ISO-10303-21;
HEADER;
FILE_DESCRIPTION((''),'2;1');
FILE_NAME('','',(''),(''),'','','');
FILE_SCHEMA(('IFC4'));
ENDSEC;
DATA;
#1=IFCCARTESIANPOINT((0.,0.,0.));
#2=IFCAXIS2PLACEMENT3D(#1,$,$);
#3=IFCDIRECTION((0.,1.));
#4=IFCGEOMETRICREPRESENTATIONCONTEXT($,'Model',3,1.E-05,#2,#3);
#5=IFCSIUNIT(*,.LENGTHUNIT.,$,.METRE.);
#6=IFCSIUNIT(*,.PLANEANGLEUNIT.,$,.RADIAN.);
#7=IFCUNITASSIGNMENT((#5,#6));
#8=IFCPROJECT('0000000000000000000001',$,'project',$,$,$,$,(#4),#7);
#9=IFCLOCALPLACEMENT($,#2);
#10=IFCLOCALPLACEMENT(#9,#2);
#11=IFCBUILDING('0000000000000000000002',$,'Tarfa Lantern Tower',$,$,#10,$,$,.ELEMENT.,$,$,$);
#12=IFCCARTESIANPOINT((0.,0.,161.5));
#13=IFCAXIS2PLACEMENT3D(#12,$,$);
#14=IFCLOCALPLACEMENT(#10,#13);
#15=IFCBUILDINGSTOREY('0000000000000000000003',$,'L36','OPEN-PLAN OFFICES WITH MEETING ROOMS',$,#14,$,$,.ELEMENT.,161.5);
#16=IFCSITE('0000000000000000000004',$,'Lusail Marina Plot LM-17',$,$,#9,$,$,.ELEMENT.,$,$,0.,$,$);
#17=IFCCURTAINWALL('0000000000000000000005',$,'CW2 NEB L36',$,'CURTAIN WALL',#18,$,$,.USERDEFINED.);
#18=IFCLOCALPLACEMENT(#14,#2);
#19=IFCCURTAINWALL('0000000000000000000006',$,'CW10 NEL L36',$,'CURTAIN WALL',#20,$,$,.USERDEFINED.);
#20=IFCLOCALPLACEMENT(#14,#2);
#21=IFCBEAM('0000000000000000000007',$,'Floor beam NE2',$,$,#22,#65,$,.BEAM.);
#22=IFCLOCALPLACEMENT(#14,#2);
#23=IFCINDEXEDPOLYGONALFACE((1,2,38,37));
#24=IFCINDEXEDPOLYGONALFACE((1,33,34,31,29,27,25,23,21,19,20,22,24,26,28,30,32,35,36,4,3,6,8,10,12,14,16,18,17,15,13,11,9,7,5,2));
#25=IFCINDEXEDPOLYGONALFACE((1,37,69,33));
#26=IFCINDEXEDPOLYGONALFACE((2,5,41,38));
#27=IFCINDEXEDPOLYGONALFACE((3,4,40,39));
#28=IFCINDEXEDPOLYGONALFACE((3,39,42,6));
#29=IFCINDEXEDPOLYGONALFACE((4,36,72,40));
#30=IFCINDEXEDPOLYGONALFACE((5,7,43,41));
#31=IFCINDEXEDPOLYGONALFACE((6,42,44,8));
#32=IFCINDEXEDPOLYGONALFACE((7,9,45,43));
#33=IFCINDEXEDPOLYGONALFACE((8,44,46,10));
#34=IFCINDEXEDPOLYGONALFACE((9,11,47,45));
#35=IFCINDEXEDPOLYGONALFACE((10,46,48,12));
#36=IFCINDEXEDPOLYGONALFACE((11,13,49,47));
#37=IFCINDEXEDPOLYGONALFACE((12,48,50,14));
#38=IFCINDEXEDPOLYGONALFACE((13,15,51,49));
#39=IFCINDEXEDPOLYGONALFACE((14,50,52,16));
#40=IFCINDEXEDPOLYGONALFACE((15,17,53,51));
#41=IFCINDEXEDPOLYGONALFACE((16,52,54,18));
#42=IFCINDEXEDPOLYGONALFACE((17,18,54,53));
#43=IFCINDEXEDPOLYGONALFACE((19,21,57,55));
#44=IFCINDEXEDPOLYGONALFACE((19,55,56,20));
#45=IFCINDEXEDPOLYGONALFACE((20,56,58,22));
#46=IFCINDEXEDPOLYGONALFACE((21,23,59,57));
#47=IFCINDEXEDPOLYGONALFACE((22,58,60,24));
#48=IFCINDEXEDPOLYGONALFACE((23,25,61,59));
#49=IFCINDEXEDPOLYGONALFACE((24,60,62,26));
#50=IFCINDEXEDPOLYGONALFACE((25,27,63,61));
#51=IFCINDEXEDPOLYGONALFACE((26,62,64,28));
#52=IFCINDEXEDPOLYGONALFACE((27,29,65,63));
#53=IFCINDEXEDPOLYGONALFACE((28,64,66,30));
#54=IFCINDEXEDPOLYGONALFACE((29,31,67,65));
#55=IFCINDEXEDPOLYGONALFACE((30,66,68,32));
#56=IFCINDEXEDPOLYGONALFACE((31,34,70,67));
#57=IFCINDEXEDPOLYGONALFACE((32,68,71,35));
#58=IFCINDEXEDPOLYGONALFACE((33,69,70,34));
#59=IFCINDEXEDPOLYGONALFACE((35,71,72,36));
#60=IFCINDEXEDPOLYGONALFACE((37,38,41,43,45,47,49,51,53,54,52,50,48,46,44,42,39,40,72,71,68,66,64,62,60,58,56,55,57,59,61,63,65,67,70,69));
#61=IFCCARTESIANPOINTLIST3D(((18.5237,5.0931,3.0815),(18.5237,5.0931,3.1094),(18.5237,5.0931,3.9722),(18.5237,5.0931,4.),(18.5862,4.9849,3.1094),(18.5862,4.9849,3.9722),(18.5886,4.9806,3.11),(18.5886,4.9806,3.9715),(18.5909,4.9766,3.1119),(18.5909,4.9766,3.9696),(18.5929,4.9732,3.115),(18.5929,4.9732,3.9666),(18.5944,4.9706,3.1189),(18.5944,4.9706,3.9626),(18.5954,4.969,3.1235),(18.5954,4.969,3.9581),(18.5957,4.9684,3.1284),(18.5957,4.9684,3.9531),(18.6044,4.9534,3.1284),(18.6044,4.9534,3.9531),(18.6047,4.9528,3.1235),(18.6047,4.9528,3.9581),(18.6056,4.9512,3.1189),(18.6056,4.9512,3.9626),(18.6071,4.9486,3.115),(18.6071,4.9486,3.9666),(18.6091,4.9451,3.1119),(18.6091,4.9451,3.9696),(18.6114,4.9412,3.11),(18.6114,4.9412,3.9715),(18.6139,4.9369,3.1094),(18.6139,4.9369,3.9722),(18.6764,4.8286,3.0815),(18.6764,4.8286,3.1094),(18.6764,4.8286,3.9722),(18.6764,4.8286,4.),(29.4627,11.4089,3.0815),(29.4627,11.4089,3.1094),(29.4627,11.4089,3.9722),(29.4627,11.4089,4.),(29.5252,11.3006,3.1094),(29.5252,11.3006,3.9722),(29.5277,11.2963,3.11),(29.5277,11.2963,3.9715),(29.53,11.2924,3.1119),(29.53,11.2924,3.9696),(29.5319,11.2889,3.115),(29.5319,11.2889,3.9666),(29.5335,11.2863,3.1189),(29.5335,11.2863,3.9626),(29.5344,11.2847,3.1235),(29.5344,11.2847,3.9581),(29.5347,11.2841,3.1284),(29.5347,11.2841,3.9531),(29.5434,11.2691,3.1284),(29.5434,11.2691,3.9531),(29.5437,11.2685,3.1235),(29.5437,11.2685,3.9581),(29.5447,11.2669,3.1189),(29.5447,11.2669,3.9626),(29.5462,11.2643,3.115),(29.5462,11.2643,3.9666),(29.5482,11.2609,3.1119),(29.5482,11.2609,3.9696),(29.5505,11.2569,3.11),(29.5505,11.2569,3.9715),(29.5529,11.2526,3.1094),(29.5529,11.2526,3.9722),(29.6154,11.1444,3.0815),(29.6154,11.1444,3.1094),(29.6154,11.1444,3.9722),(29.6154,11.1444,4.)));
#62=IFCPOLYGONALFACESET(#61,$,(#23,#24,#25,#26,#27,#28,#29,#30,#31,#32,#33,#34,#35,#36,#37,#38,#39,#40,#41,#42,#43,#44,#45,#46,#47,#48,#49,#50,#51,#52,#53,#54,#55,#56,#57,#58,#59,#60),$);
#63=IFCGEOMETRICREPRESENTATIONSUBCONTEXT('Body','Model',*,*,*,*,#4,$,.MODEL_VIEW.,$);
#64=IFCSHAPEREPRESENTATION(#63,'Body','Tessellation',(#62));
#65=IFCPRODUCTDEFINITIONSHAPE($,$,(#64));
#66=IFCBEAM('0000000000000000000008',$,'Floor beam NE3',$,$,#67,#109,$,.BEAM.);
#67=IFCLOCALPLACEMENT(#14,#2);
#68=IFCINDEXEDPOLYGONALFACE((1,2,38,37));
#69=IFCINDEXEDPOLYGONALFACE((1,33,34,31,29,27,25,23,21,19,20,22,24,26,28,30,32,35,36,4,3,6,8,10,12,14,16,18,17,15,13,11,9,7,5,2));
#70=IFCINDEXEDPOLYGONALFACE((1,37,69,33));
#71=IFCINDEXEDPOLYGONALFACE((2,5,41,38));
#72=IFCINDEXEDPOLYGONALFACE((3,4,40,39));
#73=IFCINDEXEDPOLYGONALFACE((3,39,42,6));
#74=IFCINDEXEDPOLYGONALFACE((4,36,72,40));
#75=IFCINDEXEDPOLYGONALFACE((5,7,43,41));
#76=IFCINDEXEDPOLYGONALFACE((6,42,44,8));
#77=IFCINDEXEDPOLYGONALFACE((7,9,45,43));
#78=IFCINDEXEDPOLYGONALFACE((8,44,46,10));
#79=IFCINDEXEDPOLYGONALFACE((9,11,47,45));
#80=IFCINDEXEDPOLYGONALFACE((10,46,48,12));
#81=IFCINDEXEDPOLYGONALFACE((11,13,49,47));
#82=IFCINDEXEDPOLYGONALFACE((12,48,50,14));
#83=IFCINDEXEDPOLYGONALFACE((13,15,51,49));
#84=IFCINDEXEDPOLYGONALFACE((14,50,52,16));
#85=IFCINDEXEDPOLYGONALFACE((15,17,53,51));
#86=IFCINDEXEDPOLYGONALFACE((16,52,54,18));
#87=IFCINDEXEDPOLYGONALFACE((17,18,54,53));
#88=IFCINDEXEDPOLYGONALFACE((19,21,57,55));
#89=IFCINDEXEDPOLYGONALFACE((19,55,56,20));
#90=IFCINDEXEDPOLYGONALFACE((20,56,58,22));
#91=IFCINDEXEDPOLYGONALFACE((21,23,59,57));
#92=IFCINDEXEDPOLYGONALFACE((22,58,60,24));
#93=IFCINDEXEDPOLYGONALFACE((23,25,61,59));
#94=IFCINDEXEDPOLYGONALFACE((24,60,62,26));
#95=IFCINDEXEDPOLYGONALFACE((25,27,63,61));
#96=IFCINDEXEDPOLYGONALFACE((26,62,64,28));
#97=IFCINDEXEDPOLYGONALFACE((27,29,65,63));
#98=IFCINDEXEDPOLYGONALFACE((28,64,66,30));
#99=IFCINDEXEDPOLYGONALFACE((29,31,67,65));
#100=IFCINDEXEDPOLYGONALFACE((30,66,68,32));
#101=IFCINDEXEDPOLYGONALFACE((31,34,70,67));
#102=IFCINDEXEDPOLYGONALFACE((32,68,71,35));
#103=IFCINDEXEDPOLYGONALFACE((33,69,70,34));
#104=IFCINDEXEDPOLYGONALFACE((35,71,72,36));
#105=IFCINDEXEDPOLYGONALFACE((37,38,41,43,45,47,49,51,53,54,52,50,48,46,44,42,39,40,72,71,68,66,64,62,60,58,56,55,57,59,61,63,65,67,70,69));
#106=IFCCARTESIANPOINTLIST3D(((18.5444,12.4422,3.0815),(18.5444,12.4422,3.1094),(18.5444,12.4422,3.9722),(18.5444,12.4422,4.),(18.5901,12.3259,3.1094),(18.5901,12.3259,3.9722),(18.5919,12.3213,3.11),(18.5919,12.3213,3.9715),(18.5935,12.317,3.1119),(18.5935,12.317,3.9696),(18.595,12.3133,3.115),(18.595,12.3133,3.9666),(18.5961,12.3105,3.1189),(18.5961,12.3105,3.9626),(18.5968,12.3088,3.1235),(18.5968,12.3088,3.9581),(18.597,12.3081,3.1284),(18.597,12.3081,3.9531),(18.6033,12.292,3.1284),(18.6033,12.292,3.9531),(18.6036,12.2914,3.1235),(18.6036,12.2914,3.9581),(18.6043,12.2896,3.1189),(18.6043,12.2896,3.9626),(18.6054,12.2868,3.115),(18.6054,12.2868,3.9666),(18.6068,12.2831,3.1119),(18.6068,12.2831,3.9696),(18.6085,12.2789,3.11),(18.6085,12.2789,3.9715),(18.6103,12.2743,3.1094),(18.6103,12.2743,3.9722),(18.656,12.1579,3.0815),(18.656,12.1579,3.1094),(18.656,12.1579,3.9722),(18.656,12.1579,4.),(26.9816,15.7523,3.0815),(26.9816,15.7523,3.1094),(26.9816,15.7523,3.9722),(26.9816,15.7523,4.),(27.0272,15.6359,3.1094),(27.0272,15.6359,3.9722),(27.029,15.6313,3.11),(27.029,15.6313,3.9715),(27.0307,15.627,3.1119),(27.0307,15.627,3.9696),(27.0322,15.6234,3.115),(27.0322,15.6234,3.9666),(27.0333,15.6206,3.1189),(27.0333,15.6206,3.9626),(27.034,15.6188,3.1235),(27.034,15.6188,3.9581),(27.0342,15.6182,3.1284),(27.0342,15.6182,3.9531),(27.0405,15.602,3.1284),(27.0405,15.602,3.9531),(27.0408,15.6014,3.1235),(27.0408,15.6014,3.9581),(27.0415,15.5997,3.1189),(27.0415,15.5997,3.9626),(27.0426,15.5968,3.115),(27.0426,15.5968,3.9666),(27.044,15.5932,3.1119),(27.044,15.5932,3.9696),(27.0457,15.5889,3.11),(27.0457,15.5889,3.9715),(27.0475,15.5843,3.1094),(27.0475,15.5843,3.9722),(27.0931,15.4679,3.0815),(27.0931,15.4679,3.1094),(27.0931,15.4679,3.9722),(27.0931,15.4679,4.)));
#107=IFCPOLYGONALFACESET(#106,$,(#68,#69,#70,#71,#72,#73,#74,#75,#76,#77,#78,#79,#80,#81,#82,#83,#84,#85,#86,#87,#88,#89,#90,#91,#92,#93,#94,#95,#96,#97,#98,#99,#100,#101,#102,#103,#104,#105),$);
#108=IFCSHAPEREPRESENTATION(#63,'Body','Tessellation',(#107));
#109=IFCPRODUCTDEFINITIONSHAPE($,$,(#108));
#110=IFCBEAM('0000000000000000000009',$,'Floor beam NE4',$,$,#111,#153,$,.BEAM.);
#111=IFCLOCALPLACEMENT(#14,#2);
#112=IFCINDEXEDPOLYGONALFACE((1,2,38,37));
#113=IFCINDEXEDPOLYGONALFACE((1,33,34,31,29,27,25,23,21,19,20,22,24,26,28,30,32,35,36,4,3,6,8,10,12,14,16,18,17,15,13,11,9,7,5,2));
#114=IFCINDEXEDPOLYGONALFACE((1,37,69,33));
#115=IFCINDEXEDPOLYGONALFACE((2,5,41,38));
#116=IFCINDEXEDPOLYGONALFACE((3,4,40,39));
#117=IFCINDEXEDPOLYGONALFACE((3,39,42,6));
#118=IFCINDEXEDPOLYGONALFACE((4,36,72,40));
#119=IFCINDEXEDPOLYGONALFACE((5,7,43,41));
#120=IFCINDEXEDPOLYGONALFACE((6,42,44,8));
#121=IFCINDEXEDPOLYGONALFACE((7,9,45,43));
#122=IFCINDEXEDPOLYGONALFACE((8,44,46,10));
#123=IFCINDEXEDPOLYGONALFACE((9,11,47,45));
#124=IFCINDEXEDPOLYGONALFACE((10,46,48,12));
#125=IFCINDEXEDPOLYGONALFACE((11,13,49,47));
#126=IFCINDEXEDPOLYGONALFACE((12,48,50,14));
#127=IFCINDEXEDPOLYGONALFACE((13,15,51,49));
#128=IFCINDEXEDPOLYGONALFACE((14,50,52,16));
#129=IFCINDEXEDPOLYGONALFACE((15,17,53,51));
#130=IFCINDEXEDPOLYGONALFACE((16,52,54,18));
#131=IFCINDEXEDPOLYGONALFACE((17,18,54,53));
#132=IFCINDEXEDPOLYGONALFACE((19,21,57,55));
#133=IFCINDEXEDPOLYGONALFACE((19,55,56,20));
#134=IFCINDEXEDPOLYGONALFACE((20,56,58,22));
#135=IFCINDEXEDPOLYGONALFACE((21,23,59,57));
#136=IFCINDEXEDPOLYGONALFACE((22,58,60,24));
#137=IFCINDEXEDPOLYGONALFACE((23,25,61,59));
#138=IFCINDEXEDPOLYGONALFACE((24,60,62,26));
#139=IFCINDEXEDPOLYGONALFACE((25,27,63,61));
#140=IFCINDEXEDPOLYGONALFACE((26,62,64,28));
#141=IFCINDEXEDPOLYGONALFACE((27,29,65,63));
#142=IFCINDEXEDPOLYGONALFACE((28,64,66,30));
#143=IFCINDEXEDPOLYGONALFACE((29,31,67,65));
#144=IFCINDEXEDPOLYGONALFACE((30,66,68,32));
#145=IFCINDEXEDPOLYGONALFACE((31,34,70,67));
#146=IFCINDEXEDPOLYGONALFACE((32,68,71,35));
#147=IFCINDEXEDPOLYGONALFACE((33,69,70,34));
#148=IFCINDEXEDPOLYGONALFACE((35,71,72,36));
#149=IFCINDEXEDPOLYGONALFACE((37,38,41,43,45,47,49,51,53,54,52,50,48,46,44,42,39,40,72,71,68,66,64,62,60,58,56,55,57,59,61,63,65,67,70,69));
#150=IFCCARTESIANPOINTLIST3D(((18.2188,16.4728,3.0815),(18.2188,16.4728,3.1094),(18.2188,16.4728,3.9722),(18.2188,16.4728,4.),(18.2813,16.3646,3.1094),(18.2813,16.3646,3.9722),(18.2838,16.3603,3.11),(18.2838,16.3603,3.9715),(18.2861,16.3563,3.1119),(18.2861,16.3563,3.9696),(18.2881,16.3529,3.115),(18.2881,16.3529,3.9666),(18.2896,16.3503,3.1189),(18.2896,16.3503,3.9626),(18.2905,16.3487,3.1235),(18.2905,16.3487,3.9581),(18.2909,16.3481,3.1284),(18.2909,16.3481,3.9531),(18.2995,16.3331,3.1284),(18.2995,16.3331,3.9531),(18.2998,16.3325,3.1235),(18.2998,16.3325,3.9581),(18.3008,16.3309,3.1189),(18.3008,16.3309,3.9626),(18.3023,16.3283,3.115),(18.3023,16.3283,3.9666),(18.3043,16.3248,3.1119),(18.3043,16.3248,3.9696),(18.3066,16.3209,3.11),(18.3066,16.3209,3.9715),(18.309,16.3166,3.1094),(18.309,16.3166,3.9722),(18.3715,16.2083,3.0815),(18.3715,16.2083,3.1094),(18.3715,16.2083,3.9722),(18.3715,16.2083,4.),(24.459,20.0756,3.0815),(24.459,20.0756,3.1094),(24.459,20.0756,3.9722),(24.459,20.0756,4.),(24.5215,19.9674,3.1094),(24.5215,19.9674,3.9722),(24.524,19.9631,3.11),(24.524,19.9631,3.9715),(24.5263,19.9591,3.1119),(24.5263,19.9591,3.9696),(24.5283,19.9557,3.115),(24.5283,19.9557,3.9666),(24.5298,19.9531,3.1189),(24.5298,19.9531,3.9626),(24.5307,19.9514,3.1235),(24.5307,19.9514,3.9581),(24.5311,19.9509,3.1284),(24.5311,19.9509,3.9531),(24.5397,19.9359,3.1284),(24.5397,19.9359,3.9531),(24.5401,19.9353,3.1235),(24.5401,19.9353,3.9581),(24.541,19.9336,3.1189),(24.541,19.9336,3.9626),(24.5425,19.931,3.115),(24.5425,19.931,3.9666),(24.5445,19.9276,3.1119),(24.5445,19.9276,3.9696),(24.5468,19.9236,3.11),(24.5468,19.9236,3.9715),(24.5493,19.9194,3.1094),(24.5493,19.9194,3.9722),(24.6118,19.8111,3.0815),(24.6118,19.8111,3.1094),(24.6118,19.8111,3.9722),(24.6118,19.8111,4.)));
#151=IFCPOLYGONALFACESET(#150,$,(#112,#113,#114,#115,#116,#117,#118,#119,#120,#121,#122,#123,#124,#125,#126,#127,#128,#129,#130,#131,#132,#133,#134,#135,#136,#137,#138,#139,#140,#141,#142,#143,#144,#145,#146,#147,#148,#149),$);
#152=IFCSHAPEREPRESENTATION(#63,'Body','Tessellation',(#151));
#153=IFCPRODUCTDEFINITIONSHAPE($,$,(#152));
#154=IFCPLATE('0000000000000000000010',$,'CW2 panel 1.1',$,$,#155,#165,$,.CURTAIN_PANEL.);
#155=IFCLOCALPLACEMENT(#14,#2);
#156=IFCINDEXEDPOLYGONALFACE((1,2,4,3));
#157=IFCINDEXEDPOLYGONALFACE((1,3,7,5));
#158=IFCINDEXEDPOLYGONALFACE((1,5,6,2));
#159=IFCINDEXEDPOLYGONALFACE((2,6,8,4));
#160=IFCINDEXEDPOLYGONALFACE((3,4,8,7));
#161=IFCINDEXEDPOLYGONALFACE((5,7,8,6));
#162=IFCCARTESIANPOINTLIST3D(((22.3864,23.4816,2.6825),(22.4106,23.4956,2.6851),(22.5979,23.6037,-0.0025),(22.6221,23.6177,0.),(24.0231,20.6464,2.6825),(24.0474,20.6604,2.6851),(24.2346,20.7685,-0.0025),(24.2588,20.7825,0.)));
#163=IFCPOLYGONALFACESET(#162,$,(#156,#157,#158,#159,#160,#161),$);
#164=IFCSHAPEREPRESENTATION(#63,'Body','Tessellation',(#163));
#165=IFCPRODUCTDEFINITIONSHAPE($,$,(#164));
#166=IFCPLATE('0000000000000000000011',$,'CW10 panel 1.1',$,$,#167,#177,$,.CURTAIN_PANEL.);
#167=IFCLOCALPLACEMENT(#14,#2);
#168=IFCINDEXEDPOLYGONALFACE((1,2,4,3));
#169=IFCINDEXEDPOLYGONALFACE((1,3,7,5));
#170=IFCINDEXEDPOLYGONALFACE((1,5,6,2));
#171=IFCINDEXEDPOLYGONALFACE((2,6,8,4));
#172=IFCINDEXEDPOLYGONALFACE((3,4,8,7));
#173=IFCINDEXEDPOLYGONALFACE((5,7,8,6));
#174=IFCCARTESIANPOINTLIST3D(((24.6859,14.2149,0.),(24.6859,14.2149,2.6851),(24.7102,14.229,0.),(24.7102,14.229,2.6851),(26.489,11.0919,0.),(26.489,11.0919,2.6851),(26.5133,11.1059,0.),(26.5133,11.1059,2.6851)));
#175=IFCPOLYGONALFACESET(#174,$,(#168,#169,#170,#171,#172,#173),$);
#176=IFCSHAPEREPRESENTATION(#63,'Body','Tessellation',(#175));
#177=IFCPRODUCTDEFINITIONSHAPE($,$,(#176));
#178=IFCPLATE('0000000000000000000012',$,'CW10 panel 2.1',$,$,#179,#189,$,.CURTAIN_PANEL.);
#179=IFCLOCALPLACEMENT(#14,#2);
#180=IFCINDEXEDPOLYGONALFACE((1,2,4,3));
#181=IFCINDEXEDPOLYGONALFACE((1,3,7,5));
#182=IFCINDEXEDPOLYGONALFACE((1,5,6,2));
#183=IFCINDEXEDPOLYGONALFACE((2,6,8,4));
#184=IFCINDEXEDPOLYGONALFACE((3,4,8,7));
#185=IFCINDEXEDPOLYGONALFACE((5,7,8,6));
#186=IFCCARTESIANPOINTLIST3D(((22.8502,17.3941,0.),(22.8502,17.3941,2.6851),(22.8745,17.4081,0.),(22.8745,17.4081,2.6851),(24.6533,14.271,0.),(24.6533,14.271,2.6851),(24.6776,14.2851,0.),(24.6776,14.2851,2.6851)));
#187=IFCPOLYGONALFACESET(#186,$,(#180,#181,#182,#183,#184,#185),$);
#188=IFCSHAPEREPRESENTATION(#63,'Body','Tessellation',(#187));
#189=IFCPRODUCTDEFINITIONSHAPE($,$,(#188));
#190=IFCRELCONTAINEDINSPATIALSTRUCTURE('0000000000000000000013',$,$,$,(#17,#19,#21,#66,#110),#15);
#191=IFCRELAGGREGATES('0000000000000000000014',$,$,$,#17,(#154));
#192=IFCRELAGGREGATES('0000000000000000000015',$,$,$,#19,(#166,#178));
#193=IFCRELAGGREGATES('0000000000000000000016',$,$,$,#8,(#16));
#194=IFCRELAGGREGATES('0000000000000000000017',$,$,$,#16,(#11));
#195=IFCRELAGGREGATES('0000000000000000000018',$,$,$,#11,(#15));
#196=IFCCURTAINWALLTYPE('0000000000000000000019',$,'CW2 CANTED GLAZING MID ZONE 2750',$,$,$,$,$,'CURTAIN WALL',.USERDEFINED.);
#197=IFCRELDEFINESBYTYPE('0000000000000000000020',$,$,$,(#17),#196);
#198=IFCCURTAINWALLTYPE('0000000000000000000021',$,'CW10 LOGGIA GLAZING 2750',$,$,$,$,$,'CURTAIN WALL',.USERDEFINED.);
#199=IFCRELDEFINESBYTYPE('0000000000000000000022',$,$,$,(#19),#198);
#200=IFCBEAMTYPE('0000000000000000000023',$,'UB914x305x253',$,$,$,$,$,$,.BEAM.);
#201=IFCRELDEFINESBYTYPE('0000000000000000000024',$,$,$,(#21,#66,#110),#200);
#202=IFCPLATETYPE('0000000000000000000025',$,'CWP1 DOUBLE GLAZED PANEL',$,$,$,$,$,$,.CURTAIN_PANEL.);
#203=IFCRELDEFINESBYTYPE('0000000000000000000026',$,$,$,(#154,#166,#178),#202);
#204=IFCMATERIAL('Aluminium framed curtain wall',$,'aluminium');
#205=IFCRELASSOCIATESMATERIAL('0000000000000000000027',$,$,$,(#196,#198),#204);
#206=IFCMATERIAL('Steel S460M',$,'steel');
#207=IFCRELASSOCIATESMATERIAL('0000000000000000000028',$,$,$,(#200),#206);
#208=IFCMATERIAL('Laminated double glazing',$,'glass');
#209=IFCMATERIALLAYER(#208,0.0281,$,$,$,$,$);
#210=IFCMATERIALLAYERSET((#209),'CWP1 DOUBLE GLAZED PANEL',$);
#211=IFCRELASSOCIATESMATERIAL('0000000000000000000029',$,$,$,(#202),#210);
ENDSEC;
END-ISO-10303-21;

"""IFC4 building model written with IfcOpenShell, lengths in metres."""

from ifc_helpers import new_model, si_unit, direction, frame, origin, origin_2d, place, context, subcontext, project, spatial, polyline, rectangle, i_section, outline, extrude, material, layer, layer_set, material_profile, profile_set, type_object, element, aggregate, save


model = new_model("IFC4")

# Units and contexts
model_context = context("Model", 3, precision=1e-05, world=origin(), true_north=direction((0.0, 1.0)))
body_context = subcontext(model_context, "Body", "Model", "MODEL_VIEW")
ifc_project = project(units=[si_unit("LENGTHUNIT", "METRE"), si_unit("PLANEANGLEUNIT", "RADIAN")], contexts=[model_context])

# Site, building, storey
site_placement = place(None, origin())
site = spatial("IfcSite", under=ifc_project, at=site_placement, Name="Lusail Marina Plot LM-17", CompositionType="ELEMENT", RefElevation=0.0)
building_placement = place(site_placement, origin())
building = spatial("IfcBuilding", under=site, at=building_placement, Name="Tarfa Lantern Tower", CompositionType="ELEMENT")
storey_placement = place(building_placement, frame((0.0, 0.0, 161.5)))
storey = spatial("IfcBuildingStorey", under=building, at=storey_placement, Name="L36", Description="OPEN-PLAN OFFICES WITH MEETING ROOMS", CompositionType="ELEMENT", Elevation=161.5)

# Curtain wall
ifc_material_1 = material(Name="Aluminium framed curtain wall", Category="aluminium")
curtain_wall_type_1 = type_object("IfcCurtainWallType", Name="CW2 CANTED GLAZING MID ZONE 2750", ElementType="CURTAIN WALL", PredefinedType="USERDEFINED", material=ifc_material_1)
curtain_wall_1_placement = place(storey_placement, origin())
curtain_wall_1 = element("IfcCurtainWall", 1, at=curtain_wall_1_placement, inside=storey, type_object=curtain_wall_type_1, Name="CW2 NEB L36", ObjectType="CURTAIN WALL", PredefinedType="USERDEFINED")

# Curtain wall
curtain_wall_type_2 = type_object("IfcCurtainWallType", Name="CW10 LOGGIA GLAZING 2750", ElementType="CURTAIN WALL", PredefinedType="USERDEFINED", material=ifc_material_1)
curtain_wall_2_placement = place(storey_placement, origin())
curtain_wall_2 = element("IfcCurtainWall", 2, at=curtain_wall_2_placement, inside=storey, type_object=curtain_wall_type_2, Name="CW10 NEL L36", ObjectType="CURTAIN WALL", PredefinedType="USERDEFINED")

# Beams
ifc_material_2 = material(Name="Steel S460M", Category="steel")
ifc_material_profile_1 = material_profile(ifc_material_2, i_section(OverallWidth=0.3054, OverallDepth=0.9185, WebThickness=0.0173, FlangeThickness=0.0278, FilletRadius=0.019, at=origin_2d()), Name="UB914x305x253")
ifc_profile_set_1 = profile_set([ifc_material_profile_1], Name="Steel S460M")
beam_type_1 = type_object("IfcBeamType", Name="UB914x305x253", PredefinedType="BEAM", material=ifc_profile_set_1)
beam_1_placement = place(storey_placement, frame((29.5391, 11.2766, 3.5408), z_axis=(-0.866023, -0.500004, 0.0), x_axis=(0.500004, -0.866023, 0.0)))
element("IfcBeam", 3, at=beam_1_placement, inside=storey, type_object=beam_type_1, Name="Floor beam NE2", PredefinedType="BEAM", context=body_context, shape_type="SweptSolid", body=[
    extrude(i_section(OverallWidth=0.3054, OverallDepth=0.9185, WebThickness=0.0173, FlangeThickness=0.0278, FilletRadius=0.019, at=origin_2d()), origin(), (0.0, 0.0, 1.0), 12.6313),
])
beam_2_placement = place(storey_placement, frame((27.0374, 15.6101, 3.5408), z_axis=(-0.930923, -0.365215, 0.0), x_axis=(0.365215, -0.930923, 0.0)))
element("IfcBeam", 4, at=beam_2_placement, inside=storey, type_object=beam_type_1, Name="Floor beam NE3", PredefinedType="BEAM", context=body_context, shape_type="SweptSolid", body=[
    extrude(i_section(OverallWidth=0.3054, OverallDepth=0.9185, WebThickness=0.0173, FlangeThickness=0.0278, FilletRadius=0.019, at=origin_2d()), origin(), (0.0, 0.0, 1.0), 9.0632),
])
beam_3_placement = place(storey_placement, frame((24.5354, 19.9434, 3.5408), z_axis=(-0.866026, -0.499998, 0.0), x_axis=(0.499998, -0.866026, 0.0)))
element("IfcBeam", 5, at=beam_3_placement, inside=storey, type_object=beam_type_1, Name="Floor beam NE4", PredefinedType="BEAM", context=body_context, shape_type="SweptSolid", body=[
    extrude(i_section(OverallWidth=0.3054, OverallDepth=0.9185, WebThickness=0.0173, FlangeThickness=0.0278, FilletRadius=0.019, at=origin_2d()), origin(), (0.0, 0.0, 1.0), 7.2056),
])

# Plates
ifc_material_3 = material(Name="Laminated double glazing", Category="glass")
ifc_layer_1 = layer(ifc_material_3, 0.0281)
ifc_layer_set_1 = layer_set([ifc_layer_1], Name="CWP1 DOUBLE GLAZED PANEL")
plate_type_1 = type_object("IfcPlateType", Name="CWP1 DOUBLE GLAZED PANEL", PredefinedType="CURTAIN_PANEL", material=ifc_layer_set_1)
plate_1_placement = place(storey_placement, frame((24.2588, 20.7825, 0.0), z_axis=(0.862492, 0.497903, 0.09055), x_axis=(-0.499957, 0.86605, 0.0)))
plate_1 = element("IfcPlate", 6, at=plate_1_placement, type_object=plate_type_1, Name="CW2 panel 1.1", PredefinedType="CURTAIN_PANEL", context=body_context, shape_type="SweptSolid", body=[
    extrude(outline(polyline([(0.0, 0.0), (3.2737, 0.0), (3.2737, 2.6961), (0.0, 2.6961), (0.0, 0.0)])), origin(), (0.0, 0.0, -1.0), 0.0281),
])
aggregate(curtain_wall_1, [plate_1])
plate_2_placement = place(storey_placement, frame((25.5996, 12.6604, 0.0), z_axis=(0.0, 0.0, 1.0), x_axis=(-0.5, 0.866025, 0.0)))
plate_2 = element("IfcPlate", 7, at=plate_2_placement, type_object=plate_type_1, Name="CW10 panel 1.1", PredefinedType="CURTAIN_PANEL", context=body_context, shape_type="SweptSolid", body=[
    extrude(rectangle(XDim=3.6062, YDim=0.0281, at=origin_2d()), origin(), (0.0, 0.0, 1.0), 2.6851),
])
plate_3_placement = place(storey_placement, frame((23.7639, 15.8396, 0.0), z_axis=(0.0, 0.0, 1.0), x_axis=(-0.5, 0.866025, 0.0)))
plate_3 = element("IfcPlate", 8, at=plate_3_placement, type_object=plate_type_1, Name="CW10 panel 2.1", PredefinedType="CURTAIN_PANEL", context=body_context, shape_type="SweptSolid", body=[
    extrude(rectangle(XDim=3.6062, YDim=0.0281, at=origin_2d()), origin(), (0.0, 0.0, 1.0), 2.6851),
])
aggregate(curtain_wall_2, [plate_2, plate_3])

save(model, "model.ifc")
